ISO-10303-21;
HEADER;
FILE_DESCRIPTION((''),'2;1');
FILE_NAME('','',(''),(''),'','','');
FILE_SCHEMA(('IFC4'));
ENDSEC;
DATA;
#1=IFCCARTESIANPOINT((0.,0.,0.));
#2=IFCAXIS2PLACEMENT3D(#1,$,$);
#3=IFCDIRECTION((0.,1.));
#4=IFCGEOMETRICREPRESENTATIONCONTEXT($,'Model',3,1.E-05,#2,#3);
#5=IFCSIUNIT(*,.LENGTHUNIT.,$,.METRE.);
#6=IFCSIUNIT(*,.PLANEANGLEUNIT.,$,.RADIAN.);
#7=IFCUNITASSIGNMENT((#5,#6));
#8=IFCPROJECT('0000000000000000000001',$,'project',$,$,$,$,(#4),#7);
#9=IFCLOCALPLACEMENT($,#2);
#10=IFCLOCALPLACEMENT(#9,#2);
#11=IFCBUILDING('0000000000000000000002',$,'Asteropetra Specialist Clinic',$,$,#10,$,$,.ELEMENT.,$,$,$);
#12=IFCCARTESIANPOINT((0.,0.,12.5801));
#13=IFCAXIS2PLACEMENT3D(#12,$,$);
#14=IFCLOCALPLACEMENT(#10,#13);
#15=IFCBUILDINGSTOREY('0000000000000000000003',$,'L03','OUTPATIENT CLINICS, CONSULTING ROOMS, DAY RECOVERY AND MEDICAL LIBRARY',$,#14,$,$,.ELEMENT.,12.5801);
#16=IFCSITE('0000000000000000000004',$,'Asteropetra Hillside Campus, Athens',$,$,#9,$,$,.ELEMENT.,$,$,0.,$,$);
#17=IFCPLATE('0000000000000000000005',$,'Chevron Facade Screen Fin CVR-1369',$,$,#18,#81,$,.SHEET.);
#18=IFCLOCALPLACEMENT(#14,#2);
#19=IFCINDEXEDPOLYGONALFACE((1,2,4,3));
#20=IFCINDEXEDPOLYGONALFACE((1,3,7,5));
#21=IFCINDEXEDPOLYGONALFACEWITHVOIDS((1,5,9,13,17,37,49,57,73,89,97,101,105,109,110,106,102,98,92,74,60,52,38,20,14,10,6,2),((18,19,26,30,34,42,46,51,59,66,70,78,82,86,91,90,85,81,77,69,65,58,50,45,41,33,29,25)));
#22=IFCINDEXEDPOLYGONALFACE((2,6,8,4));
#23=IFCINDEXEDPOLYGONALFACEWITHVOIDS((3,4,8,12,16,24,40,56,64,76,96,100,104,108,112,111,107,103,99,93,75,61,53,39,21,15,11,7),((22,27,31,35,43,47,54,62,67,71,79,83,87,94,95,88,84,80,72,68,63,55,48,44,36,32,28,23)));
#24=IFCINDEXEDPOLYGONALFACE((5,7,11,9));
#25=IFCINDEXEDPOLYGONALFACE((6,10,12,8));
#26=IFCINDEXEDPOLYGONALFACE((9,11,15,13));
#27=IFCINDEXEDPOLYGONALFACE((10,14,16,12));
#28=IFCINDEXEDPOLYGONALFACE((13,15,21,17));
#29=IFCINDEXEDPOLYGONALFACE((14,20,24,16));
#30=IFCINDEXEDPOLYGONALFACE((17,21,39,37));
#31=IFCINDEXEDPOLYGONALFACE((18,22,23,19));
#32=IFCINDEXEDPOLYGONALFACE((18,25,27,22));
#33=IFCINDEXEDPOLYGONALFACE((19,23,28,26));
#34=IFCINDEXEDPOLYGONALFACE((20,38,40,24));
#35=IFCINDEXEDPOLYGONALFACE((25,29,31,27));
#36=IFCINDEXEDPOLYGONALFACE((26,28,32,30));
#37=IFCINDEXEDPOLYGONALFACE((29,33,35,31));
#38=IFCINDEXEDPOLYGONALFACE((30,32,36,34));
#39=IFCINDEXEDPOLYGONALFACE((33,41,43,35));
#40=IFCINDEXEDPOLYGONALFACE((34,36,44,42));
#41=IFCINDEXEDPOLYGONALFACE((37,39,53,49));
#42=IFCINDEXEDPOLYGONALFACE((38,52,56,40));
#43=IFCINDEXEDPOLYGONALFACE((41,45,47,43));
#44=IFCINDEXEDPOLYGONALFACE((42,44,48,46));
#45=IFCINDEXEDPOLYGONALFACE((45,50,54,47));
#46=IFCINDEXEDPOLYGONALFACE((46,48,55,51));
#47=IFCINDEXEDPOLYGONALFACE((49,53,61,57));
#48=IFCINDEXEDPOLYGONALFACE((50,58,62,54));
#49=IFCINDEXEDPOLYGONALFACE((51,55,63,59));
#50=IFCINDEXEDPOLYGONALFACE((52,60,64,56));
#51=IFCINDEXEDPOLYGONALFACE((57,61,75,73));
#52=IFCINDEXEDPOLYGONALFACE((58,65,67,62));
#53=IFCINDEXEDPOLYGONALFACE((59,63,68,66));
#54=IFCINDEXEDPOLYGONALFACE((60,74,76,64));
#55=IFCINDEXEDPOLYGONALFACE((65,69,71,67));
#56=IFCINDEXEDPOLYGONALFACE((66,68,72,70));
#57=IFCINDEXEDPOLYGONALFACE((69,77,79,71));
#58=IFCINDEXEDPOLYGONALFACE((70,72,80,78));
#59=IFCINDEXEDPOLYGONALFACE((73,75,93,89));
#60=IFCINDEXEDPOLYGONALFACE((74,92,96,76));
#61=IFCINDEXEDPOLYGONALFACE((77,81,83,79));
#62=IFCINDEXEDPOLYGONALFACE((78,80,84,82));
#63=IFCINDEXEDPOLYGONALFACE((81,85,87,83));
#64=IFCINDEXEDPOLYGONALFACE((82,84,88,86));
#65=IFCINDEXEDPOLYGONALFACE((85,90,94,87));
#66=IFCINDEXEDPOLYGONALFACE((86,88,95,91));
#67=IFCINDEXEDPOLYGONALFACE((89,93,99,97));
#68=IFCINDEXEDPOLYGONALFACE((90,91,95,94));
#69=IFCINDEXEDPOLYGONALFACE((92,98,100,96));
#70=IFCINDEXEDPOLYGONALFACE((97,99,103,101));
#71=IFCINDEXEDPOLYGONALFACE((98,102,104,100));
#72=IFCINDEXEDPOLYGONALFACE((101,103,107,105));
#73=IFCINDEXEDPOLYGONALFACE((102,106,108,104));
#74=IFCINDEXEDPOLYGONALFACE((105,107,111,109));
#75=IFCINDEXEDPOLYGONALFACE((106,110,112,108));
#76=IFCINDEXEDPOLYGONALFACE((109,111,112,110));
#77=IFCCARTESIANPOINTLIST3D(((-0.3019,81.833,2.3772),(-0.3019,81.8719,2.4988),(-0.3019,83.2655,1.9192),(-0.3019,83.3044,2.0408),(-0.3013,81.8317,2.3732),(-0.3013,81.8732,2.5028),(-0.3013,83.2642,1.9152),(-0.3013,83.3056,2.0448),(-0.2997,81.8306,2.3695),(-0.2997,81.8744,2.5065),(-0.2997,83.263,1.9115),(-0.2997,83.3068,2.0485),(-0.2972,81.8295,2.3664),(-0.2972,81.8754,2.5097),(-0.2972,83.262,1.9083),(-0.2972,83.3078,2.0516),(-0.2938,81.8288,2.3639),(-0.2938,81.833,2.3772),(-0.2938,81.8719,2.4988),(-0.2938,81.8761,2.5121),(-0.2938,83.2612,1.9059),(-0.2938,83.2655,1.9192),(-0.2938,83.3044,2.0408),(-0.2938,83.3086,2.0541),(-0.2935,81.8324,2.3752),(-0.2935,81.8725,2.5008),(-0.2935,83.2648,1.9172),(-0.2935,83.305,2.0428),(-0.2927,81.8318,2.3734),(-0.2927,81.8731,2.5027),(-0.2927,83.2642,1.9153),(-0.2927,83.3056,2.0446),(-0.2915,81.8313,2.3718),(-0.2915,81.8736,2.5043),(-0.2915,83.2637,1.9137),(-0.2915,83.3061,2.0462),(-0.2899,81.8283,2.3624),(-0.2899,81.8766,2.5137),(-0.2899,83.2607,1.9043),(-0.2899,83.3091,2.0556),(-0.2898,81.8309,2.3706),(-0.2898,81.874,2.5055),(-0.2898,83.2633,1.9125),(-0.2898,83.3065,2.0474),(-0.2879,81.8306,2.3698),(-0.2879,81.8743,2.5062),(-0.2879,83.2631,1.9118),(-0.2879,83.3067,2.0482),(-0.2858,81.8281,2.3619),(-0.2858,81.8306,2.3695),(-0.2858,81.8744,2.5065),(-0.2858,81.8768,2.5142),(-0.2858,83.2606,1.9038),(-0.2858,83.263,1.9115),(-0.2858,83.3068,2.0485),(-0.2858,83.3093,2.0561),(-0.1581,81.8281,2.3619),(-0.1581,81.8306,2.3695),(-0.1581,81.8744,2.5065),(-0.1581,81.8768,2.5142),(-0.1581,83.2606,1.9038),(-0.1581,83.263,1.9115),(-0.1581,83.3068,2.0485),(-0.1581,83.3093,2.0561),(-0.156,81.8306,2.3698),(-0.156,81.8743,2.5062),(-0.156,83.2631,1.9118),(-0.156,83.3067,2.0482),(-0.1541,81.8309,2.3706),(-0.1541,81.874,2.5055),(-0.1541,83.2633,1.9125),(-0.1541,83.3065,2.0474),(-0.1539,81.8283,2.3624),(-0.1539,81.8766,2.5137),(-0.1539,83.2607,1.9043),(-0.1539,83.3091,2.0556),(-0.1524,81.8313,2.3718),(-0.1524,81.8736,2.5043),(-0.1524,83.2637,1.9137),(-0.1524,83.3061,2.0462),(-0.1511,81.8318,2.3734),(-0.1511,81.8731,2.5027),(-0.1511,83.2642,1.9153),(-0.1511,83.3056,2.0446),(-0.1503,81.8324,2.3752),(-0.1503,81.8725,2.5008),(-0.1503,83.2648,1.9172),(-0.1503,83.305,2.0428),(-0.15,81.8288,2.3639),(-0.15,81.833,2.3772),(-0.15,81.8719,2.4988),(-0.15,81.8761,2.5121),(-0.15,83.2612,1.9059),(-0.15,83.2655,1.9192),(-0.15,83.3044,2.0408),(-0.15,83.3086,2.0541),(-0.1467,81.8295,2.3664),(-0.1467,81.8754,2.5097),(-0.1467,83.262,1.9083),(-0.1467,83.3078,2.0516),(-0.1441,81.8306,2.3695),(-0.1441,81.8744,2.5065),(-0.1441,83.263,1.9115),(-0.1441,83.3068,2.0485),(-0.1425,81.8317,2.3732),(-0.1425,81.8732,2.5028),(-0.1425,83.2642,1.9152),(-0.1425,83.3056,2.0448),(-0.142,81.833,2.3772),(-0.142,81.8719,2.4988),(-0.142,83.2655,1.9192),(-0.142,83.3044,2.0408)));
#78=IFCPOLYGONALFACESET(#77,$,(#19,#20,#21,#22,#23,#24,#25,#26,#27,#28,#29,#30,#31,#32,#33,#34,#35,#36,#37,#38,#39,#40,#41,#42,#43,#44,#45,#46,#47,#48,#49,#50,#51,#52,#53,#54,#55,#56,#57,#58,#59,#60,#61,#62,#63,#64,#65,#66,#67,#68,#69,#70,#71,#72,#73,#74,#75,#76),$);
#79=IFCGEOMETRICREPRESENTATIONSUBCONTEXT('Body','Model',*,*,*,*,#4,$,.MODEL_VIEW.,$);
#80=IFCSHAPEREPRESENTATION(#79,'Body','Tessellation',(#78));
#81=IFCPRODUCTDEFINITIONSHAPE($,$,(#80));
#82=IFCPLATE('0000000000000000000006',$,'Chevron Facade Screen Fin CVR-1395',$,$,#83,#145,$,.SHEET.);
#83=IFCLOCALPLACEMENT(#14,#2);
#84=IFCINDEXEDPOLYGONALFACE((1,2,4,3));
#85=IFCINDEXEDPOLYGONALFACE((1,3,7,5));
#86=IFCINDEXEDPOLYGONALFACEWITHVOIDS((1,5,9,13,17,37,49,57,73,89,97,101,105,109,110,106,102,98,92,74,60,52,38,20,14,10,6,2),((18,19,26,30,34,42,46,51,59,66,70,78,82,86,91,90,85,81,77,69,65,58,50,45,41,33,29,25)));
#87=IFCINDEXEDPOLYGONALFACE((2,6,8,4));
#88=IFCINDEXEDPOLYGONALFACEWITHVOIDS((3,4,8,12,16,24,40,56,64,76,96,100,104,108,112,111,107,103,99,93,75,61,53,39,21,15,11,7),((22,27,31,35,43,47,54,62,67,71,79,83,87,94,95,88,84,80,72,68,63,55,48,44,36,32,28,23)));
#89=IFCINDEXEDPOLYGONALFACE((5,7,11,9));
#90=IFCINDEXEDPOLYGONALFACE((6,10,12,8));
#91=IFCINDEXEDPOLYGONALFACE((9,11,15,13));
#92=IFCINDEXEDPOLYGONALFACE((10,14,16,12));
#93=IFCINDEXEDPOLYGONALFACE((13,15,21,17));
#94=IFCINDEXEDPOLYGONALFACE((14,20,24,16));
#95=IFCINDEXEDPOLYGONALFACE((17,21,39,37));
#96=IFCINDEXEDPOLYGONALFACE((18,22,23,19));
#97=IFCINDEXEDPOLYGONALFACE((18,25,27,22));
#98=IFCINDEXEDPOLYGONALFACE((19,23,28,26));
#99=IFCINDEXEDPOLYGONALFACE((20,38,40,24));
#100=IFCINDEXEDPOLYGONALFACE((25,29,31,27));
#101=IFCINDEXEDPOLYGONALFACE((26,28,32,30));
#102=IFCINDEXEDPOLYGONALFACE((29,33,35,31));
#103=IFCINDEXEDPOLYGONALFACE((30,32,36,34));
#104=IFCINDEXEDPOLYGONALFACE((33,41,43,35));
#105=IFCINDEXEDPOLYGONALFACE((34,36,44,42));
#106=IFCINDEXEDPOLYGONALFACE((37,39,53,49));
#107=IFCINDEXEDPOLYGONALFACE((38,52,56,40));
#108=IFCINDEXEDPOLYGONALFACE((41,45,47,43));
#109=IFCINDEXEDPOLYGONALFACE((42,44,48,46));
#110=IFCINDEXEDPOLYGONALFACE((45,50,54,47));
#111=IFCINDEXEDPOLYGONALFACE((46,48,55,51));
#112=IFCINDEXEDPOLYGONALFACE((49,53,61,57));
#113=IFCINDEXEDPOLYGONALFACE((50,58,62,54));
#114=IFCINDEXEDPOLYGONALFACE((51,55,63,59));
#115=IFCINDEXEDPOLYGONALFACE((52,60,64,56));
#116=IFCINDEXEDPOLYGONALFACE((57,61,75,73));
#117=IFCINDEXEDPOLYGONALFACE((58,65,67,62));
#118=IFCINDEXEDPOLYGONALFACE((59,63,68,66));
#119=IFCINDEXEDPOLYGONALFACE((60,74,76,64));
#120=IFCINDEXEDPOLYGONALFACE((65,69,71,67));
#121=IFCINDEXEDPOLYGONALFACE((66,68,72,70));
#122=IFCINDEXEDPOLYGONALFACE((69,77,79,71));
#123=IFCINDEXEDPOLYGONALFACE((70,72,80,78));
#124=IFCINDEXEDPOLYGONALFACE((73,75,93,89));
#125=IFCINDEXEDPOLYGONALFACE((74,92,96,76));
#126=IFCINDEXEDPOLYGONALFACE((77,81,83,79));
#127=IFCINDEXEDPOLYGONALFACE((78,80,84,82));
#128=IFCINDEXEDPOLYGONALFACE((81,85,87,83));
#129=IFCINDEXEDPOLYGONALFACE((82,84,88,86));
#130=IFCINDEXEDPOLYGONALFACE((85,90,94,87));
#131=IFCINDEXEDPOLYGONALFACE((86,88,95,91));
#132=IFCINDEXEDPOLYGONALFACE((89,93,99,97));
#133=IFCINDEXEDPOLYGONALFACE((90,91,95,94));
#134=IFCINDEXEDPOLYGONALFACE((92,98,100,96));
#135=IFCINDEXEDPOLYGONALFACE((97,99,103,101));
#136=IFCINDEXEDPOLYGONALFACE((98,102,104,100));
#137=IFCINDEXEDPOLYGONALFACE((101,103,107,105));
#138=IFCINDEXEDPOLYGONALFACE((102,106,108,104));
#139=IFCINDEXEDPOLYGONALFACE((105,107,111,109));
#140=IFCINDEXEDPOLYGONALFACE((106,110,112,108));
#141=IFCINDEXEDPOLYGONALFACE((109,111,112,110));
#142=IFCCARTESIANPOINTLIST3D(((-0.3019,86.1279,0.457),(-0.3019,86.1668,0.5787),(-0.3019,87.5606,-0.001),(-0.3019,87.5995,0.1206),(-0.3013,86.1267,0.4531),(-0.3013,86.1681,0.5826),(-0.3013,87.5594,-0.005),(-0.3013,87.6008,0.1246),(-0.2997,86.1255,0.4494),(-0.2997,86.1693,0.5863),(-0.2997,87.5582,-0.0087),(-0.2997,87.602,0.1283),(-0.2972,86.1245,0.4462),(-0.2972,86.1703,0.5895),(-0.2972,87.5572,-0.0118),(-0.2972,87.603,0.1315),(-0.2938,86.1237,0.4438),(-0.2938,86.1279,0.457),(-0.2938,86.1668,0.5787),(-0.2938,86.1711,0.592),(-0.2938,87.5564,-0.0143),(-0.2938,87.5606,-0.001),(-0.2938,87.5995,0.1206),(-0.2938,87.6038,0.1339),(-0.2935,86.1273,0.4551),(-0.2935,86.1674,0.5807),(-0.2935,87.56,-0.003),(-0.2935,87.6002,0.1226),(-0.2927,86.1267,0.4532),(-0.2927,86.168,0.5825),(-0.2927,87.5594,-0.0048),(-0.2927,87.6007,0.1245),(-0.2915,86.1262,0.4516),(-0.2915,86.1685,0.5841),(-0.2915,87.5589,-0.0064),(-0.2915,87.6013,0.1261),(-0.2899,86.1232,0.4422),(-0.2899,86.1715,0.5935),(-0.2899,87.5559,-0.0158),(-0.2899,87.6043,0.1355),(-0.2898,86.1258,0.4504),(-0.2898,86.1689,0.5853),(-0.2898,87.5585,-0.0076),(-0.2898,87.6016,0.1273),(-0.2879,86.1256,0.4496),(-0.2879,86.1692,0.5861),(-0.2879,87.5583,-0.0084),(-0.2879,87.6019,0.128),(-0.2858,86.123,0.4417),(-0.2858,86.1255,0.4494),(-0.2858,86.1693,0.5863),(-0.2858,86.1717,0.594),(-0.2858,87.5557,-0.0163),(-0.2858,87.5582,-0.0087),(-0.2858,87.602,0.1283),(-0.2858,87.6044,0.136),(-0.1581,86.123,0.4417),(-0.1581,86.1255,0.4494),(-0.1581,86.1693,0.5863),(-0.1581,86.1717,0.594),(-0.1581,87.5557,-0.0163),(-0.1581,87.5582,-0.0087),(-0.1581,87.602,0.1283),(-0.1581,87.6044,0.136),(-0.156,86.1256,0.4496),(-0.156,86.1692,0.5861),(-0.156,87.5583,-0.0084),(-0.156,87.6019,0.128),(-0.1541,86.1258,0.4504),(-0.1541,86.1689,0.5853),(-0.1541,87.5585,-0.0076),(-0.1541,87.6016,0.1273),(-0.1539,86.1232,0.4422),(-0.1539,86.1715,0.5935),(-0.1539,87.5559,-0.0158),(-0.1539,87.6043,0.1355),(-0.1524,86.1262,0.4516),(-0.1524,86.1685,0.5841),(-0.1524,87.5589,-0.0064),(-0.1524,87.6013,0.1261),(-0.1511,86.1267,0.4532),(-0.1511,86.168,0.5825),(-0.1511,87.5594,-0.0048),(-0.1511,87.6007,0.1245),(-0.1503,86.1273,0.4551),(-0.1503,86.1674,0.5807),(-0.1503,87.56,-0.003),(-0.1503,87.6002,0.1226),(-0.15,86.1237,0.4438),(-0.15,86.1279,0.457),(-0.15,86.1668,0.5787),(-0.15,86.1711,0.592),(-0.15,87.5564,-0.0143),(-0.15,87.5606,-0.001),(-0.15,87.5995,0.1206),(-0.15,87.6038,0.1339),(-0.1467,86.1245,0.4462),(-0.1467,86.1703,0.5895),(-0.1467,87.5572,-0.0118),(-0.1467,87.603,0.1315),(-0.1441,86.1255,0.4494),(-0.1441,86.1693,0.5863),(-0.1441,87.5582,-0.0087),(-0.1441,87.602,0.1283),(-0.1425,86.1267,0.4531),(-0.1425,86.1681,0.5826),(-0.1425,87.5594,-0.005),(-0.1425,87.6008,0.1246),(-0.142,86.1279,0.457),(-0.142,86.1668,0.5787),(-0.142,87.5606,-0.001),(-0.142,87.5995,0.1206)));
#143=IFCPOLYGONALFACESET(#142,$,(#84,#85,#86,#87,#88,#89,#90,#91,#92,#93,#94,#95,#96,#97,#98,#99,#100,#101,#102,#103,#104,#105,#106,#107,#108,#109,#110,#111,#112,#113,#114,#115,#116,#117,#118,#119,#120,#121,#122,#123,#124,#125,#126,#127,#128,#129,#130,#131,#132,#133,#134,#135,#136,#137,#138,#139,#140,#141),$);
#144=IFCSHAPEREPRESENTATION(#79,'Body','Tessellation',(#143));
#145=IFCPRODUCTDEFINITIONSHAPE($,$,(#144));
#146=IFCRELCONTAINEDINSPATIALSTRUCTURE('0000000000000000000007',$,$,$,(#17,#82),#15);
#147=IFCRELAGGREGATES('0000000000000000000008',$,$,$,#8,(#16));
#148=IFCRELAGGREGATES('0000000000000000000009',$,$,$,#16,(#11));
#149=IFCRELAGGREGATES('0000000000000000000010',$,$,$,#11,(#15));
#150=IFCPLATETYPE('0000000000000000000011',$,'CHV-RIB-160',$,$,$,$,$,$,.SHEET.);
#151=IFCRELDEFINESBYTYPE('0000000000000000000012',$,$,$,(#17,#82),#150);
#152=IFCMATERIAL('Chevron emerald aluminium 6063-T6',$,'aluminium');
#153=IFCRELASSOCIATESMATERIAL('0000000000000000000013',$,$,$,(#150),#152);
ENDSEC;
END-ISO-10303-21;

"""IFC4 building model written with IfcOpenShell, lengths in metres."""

from ifc_helpers import new_model, si_unit, direction, frame, origin, origin_2d, place, context, subcontext, project, spatial, hollow_rectangle, extrude, material, material_profile, profile_set, type_object, element, save


model = new_model("IFC4")

# Units and contexts
model_context = context("Model", 3, precision=1e-05, world=origin(), true_north=direction((0.0, 1.0)))
body_context = subcontext(model_context, "Body", "Model", "MODEL_VIEW")
ifc_project = project(units=[si_unit("LENGTHUNIT", "METRE"), si_unit("PLANEANGLEUNIT", "RADIAN")], contexts=[model_context])

# Site, building, storey
site_placement = place(None, origin())
site = spatial("IfcSite", under=ifc_project, at=site_placement, Name="Asteropetra Hillside Campus, Athens", CompositionType="ELEMENT", RefElevation=0.0)
building_placement = place(site_placement, origin())
building = spatial("IfcBuilding", under=site, at=building_placement, Name="Asteropetra Specialist Clinic", CompositionType="ELEMENT")
storey_placement = place(building_placement, frame((0.0, 0.0, 12.5801)))
storey = spatial("IfcBuildingStorey", under=building, at=storey_placement, Name="L03", Description="OUTPATIENT CLINICS, CONSULTING ROOMS, DAY RECOVERY AND MEDICAL LIBRARY", CompositionType="ELEMENT", Elevation=12.5801)

# Plates
ifc_material_1 = material(Name="Chevron emerald aluminium 6063-T6", Category="aluminium")
ifc_material_profile_1 = material_profile(ifc_material_1, hollow_rectangle(XDim=0.1599, YDim=0.1599, WallThickness=0.0081, InnerFilletRadius=0.0081, OuterFilletRadius=0.0161, at=origin_2d()), Name="SHS 160x160x8.0")
ifc_profile_set_1 = profile_set([ifc_material_profile_1], Name="Chevron emerald aluminium 6063-T6")
plate_type_1 = type_object("IfcPlateType", Name="CHV-RIB-160", PredefinedType="SHEET", material=ifc_profile_set_1)
for number, where, z_axis, x_axis, name in (
    (1, (-0.2219, 83.2849, 1.98), (0.0, -0.952492, 0.304564), (1.0, 0.0, 0.0), "Chevron Facade Screen Fin CVR-1369"),
):
    element("IfcPlate", number, at=place(storey_placement, frame(where, z_axis=z_axis, x_axis=x_axis)), inside=storey, type_object=plate_type_1, Name=name, PredefinedType="SHEET", context=body_context, shape_type="SweptSolid", body=[
        extrude(hollow_rectangle(XDim=0.1599, YDim=0.1599, WallThickness=0.0081, InnerFilletRadius=0.0081, OuterFilletRadius=0.0161, at=origin_2d()), origin(), (0.0, 0.0, 1.0), 1.5039),
    ])
plate_1_placement = place(storey_placement, frame((-0.2219, 87.5801, 0.0598), z_axis=(0.0, -0.952507, 0.304517), x_axis=(1.0, 0.0, 0.0)))
element("IfcPlate", 2, at=plate_1_placement, inside=storey, type_object=plate_type_1, Name="Chevron Facade Screen Fin CVR-1395", PredefinedType="SHEET", context=body_context, shape_type="SweptSolid", body=[
    extrude(hollow_rectangle(XDim=0.1599, YDim=0.1599, WallThickness=0.0081, InnerFilletRadius=0.0081, OuterFilletRadius=0.0161, at=origin_2d()), origin(), (0.0, 0.0, 1.0), 1.5042),
])

save(model, "model.ifc")
